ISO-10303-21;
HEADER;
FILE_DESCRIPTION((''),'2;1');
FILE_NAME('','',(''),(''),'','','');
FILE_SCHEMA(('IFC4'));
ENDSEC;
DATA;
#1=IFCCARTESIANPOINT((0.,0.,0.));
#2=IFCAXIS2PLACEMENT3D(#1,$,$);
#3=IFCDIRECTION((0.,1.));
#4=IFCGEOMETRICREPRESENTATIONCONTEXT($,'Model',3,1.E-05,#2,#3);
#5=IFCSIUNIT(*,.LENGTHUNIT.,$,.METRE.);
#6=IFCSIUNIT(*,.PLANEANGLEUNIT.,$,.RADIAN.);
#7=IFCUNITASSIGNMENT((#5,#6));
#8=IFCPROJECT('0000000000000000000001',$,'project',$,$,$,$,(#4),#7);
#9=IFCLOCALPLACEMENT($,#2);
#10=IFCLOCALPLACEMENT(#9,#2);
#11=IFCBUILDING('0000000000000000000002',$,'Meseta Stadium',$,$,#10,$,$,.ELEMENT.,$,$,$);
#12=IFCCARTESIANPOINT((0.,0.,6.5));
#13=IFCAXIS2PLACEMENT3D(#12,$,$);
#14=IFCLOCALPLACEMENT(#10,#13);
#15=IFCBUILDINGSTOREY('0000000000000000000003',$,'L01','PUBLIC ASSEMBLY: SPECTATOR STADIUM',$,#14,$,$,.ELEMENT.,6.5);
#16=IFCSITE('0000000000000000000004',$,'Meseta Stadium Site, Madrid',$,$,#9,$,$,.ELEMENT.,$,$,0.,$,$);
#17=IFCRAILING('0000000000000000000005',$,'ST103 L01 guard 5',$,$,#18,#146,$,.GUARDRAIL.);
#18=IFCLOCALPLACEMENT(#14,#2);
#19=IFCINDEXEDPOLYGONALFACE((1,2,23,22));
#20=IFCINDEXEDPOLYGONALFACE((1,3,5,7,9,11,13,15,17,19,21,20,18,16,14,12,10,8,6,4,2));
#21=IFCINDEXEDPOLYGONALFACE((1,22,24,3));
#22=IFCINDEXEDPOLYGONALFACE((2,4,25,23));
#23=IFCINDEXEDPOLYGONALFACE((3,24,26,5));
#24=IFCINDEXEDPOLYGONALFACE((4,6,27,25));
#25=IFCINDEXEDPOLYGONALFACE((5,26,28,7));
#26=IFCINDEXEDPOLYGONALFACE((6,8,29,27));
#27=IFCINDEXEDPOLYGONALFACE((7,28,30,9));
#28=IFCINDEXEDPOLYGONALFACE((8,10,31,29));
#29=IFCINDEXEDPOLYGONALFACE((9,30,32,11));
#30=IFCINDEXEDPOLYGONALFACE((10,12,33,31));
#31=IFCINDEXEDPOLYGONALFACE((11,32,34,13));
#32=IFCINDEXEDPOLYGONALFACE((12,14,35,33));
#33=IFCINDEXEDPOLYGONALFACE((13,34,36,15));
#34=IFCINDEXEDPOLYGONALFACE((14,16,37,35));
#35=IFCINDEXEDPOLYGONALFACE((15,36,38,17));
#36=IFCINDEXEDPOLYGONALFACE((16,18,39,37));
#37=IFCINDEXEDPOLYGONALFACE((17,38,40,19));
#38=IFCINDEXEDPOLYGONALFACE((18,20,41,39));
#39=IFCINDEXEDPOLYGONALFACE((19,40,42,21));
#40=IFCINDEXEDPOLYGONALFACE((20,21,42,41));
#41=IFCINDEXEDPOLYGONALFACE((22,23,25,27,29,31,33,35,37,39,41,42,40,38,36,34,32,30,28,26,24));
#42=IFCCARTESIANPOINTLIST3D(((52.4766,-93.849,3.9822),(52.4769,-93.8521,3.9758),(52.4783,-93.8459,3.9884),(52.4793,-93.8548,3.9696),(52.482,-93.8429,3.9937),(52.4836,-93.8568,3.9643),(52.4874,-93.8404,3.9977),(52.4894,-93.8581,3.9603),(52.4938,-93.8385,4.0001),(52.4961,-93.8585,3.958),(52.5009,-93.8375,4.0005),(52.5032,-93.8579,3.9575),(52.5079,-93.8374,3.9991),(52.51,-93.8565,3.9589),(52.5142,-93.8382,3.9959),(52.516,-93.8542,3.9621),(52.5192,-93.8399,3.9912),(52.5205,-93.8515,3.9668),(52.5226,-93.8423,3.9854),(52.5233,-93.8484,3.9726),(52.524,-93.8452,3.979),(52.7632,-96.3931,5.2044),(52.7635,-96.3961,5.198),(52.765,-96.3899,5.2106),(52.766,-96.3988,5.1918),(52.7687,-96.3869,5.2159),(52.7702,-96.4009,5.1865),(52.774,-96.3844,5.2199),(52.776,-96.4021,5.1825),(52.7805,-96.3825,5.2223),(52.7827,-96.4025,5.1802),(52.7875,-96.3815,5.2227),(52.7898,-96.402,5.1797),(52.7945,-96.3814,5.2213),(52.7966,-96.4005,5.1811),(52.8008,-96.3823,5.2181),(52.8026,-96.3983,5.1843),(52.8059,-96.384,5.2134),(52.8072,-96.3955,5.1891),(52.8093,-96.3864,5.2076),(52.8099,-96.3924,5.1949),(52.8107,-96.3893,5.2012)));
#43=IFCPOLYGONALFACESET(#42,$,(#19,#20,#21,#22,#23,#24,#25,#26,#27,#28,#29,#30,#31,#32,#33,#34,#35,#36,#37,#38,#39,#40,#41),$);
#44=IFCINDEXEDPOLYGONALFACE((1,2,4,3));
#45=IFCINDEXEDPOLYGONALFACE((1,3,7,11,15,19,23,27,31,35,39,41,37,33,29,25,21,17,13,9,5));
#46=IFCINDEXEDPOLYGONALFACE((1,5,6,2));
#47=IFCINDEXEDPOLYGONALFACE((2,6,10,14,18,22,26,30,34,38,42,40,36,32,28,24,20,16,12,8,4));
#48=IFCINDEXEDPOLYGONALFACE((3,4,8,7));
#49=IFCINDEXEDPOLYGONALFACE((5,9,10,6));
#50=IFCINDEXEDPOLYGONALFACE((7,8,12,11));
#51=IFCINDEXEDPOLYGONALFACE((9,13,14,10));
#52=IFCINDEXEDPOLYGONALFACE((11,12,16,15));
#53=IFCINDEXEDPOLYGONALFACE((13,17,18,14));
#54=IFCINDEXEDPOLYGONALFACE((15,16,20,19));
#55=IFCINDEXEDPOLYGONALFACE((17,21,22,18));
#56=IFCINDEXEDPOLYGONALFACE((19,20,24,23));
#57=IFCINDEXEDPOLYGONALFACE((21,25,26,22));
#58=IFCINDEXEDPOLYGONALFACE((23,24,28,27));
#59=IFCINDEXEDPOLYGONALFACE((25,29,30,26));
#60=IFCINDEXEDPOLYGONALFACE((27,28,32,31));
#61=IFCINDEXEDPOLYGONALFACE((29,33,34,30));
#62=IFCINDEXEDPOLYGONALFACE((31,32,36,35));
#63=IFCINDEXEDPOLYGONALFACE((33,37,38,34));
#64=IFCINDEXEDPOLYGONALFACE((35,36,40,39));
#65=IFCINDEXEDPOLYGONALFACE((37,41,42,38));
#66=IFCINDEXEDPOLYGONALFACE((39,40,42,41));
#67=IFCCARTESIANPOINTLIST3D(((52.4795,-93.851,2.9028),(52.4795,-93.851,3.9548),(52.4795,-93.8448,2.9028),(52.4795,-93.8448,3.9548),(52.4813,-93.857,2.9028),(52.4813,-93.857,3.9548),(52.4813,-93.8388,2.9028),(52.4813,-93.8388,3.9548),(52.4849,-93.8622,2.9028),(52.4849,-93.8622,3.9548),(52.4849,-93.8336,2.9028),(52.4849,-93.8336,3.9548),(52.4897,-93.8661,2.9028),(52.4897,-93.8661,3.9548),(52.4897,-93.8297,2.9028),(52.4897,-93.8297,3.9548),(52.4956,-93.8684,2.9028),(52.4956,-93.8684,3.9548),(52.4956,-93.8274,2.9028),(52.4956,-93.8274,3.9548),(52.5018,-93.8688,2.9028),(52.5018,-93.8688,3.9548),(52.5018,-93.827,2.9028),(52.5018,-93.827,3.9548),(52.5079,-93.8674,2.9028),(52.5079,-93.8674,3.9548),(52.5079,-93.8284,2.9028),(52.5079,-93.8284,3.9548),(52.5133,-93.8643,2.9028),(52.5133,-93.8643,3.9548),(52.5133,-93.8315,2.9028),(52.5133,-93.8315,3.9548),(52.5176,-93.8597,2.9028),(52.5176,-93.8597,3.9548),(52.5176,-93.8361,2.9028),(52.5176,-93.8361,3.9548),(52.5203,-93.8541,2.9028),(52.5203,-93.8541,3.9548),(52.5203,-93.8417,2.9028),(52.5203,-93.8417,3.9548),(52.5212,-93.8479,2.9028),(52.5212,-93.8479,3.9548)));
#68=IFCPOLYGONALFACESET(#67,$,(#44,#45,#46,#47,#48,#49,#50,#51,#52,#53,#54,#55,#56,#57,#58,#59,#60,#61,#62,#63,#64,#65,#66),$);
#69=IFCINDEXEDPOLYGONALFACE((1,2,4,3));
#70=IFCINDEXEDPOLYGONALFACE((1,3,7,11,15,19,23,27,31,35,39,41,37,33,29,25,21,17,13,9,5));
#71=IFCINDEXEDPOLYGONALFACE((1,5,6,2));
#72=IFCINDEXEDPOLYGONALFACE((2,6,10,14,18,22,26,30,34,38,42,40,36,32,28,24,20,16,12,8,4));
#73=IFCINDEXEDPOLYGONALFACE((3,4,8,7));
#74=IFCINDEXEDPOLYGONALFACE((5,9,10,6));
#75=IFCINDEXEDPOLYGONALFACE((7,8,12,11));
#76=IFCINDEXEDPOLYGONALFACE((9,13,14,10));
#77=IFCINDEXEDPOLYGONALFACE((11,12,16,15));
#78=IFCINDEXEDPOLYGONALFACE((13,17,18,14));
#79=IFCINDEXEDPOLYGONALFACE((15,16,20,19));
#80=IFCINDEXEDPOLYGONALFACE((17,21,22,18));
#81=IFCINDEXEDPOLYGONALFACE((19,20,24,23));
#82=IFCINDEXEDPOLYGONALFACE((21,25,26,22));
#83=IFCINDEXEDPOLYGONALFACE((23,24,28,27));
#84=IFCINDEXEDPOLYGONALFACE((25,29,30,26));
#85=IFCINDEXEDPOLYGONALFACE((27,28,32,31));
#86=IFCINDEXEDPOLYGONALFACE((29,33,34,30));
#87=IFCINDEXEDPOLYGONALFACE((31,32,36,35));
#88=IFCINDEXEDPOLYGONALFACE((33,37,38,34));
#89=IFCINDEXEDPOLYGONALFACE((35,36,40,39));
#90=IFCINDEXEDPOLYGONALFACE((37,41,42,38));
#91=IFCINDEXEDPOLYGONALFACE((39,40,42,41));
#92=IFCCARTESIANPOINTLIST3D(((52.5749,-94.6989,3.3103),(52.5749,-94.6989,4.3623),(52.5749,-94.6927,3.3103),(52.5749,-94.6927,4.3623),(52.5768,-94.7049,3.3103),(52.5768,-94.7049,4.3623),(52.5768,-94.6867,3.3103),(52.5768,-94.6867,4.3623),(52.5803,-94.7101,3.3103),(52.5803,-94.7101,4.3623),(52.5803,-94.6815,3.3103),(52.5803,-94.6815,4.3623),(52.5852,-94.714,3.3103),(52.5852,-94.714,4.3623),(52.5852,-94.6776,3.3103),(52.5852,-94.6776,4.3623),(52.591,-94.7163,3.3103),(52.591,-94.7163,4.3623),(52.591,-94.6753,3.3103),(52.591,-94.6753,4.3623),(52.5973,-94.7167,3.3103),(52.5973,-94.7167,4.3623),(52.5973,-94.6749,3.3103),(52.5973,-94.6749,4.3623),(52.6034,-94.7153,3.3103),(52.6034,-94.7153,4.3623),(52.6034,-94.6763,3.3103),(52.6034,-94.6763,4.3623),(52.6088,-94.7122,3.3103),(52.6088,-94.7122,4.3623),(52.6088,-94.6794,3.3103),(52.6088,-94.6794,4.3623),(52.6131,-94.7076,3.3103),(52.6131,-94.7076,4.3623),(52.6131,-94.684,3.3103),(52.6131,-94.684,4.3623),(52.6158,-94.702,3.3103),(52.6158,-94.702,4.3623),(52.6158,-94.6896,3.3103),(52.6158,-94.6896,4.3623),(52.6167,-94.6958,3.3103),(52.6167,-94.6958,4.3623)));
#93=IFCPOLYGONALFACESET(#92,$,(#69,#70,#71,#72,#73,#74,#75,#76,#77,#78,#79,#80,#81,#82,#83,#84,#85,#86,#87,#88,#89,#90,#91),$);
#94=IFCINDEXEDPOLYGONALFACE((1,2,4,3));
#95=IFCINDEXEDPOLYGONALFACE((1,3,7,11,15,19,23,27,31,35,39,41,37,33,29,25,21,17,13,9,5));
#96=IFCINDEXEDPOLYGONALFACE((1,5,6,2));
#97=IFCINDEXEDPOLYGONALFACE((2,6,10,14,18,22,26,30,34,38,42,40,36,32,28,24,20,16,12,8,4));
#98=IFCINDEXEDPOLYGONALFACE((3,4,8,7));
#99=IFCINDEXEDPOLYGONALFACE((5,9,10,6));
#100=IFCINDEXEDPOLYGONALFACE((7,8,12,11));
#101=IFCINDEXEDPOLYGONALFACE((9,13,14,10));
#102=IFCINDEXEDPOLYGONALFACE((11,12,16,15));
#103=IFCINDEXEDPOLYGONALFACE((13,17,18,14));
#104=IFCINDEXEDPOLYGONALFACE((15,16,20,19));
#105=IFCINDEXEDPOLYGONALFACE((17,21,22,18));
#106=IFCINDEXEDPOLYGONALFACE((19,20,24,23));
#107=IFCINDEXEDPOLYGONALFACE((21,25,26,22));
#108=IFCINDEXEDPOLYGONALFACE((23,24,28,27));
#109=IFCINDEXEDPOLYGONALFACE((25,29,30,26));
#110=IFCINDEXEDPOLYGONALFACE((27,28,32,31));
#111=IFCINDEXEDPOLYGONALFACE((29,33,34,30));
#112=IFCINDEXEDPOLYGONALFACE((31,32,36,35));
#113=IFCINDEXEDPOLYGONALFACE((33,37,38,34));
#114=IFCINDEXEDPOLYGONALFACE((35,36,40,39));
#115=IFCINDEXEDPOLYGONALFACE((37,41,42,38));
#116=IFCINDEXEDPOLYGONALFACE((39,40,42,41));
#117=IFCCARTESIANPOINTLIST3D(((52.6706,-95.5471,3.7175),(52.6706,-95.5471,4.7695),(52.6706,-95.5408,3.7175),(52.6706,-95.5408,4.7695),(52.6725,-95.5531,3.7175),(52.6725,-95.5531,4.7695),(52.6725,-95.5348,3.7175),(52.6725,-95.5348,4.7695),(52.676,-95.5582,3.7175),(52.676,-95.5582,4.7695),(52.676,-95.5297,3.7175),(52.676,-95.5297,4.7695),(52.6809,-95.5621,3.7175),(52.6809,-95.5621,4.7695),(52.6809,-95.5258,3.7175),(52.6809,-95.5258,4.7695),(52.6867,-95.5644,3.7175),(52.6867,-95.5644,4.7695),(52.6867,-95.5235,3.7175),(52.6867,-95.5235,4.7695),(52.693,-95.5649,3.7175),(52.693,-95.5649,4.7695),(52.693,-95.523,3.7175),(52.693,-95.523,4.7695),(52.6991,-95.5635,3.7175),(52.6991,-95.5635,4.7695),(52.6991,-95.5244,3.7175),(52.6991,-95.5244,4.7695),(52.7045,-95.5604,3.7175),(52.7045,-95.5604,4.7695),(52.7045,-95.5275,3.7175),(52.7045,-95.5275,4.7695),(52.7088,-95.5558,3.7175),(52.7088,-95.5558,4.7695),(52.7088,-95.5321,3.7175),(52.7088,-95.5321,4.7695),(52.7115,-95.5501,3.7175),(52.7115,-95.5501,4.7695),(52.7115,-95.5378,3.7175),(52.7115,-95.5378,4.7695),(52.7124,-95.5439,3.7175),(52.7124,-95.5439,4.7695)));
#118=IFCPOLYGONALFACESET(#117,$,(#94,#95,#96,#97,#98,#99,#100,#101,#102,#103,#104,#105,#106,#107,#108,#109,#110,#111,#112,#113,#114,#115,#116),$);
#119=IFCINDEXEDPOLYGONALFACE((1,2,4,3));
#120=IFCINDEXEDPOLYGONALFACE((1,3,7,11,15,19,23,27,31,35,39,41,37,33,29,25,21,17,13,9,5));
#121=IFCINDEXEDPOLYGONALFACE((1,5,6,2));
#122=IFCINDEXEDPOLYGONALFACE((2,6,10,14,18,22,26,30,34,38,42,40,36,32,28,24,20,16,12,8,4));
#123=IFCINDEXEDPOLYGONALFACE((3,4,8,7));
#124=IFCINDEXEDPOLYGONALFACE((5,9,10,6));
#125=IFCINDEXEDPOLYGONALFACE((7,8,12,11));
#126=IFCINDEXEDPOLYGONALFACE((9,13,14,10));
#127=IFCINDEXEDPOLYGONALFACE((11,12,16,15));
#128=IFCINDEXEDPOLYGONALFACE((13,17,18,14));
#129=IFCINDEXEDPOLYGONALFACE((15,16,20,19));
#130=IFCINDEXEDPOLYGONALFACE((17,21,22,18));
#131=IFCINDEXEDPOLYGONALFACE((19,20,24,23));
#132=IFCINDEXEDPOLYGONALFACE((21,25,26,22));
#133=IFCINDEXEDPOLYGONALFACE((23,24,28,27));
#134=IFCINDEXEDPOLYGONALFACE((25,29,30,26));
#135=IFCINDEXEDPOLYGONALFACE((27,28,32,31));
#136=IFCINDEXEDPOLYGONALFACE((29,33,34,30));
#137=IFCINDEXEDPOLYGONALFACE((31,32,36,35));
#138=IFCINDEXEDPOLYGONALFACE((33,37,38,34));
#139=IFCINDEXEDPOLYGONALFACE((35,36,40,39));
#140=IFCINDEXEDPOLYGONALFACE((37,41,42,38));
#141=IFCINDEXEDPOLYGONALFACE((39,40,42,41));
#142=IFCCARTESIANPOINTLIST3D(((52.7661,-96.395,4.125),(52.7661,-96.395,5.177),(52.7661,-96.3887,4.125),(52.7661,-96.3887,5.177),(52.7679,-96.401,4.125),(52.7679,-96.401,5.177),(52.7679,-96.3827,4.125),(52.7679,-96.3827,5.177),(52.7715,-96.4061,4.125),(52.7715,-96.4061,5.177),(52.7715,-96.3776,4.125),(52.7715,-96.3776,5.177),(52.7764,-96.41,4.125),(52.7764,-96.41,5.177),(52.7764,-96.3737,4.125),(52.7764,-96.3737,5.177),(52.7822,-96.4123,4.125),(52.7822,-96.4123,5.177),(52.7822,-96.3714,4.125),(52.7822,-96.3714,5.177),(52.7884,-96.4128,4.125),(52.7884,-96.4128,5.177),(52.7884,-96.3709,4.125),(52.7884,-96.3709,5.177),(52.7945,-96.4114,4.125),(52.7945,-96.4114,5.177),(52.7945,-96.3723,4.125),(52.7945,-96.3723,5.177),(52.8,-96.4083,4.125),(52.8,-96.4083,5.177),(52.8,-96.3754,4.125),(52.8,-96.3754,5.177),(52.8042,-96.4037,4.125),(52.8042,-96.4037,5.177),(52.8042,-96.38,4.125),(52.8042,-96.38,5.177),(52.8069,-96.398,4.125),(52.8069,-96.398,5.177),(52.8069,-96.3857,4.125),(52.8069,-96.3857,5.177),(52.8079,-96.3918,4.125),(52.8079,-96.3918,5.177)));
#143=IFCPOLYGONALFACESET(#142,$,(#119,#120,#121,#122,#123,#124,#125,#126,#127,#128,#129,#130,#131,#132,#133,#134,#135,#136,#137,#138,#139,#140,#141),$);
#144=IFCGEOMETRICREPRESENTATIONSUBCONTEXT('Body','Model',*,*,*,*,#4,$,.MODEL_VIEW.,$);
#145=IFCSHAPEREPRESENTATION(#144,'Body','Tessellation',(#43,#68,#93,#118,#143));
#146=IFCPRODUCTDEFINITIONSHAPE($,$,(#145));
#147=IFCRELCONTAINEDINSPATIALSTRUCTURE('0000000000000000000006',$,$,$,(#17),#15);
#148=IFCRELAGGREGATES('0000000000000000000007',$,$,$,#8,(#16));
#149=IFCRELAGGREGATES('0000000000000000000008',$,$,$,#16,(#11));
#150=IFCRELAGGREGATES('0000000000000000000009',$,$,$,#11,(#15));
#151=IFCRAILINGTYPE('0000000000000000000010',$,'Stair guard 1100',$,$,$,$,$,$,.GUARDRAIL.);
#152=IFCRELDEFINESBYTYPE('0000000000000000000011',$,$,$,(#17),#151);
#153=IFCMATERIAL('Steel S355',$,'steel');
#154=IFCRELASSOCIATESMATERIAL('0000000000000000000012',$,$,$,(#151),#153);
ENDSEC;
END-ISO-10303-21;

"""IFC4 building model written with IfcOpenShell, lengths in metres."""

from ifc_helpers import new_model, si_unit, direction, frame, origin, origin_2d, place, context, subcontext, project, spatial, circle, extrude, material, type_object, element, save


model = new_model("IFC4")

# Units and contexts
model_context = context("Model", 3, precision=1e-05, world=origin(), true_north=direction((0.0, 1.0)))
body_context = subcontext(model_context, "Body", "Model", "MODEL_VIEW")
ifc_project = project(units=[si_unit("LENGTHUNIT", "METRE"), si_unit("PLANEANGLEUNIT", "RADIAN")], contexts=[model_context])

# Site, building, storey
site_placement = place(None, origin())
site = spatial("IfcSite", under=ifc_project, at=site_placement, Name="Meseta Stadium Site, Madrid", CompositionType="ELEMENT", RefElevation=0.0)
building_placement = place(site_placement, origin())
building = spatial("IfcBuilding", under=site, at=building_placement, Name="Meseta Stadium", CompositionType="ELEMENT")
storey_placement = place(building_placement, frame((0.0, 0.0, 6.5)))
storey = spatial("IfcBuildingStorey", under=building, at=storey_placement, Name="L01", Description="PUBLIC ASSEMBLY: SPECTATOR STADIUM", CompositionType="ELEMENT", Elevation=6.5)

# Railing
ifc_material_1 = material(Name="Steel S355", Category="steel")
railing_type_1 = type_object("IfcRailingType", Name="Stair guard 1100", PredefinedType="GUARDRAIL", material=ifc_material_1)
railing_1_placement = place(storey_placement, frame((52.5002, -93.8479, 2.9028)))
element("IfcRailing", 1, at=railing_1_placement, inside=storey, type_object=railing_type_1, Name="ST103 L01 guard 5", PredefinedType="GUARDRAIL", context=body_context, shape_type="SweptSolid", body=[
    extrude(circle(Radius=0.0239, at=origin_2d()), frame((0.0, 0.0, 1.0762), z_axis=(0.101036, -0.896762, 0.430824), x_axis=(0.993713, 0.11196, 0.0)), (0.0, 0.0, 1.0), 2.8369),
    extrude(circle(Radius=0.021, at=origin_2d()), origin(), (0.0, 0.0, 1.0), 1.052),
    extrude(circle(Radius=0.021, at=origin_2d()), frame((0.0955, -0.8479, 0.4075)), (0.0, 0.0, 1.0), 1.052),
    extrude(circle(Radius=0.021, at=origin_2d()), frame((0.1912, -1.696, 0.8147)), (0.0, 0.0, 1.0), 1.052),
    extrude(circle(Radius=0.021, at=origin_2d()), frame((0.2866, -2.5439, 1.2222)), (0.0, 0.0, 1.0), 1.052),
])

save(model, "model.ifc")
